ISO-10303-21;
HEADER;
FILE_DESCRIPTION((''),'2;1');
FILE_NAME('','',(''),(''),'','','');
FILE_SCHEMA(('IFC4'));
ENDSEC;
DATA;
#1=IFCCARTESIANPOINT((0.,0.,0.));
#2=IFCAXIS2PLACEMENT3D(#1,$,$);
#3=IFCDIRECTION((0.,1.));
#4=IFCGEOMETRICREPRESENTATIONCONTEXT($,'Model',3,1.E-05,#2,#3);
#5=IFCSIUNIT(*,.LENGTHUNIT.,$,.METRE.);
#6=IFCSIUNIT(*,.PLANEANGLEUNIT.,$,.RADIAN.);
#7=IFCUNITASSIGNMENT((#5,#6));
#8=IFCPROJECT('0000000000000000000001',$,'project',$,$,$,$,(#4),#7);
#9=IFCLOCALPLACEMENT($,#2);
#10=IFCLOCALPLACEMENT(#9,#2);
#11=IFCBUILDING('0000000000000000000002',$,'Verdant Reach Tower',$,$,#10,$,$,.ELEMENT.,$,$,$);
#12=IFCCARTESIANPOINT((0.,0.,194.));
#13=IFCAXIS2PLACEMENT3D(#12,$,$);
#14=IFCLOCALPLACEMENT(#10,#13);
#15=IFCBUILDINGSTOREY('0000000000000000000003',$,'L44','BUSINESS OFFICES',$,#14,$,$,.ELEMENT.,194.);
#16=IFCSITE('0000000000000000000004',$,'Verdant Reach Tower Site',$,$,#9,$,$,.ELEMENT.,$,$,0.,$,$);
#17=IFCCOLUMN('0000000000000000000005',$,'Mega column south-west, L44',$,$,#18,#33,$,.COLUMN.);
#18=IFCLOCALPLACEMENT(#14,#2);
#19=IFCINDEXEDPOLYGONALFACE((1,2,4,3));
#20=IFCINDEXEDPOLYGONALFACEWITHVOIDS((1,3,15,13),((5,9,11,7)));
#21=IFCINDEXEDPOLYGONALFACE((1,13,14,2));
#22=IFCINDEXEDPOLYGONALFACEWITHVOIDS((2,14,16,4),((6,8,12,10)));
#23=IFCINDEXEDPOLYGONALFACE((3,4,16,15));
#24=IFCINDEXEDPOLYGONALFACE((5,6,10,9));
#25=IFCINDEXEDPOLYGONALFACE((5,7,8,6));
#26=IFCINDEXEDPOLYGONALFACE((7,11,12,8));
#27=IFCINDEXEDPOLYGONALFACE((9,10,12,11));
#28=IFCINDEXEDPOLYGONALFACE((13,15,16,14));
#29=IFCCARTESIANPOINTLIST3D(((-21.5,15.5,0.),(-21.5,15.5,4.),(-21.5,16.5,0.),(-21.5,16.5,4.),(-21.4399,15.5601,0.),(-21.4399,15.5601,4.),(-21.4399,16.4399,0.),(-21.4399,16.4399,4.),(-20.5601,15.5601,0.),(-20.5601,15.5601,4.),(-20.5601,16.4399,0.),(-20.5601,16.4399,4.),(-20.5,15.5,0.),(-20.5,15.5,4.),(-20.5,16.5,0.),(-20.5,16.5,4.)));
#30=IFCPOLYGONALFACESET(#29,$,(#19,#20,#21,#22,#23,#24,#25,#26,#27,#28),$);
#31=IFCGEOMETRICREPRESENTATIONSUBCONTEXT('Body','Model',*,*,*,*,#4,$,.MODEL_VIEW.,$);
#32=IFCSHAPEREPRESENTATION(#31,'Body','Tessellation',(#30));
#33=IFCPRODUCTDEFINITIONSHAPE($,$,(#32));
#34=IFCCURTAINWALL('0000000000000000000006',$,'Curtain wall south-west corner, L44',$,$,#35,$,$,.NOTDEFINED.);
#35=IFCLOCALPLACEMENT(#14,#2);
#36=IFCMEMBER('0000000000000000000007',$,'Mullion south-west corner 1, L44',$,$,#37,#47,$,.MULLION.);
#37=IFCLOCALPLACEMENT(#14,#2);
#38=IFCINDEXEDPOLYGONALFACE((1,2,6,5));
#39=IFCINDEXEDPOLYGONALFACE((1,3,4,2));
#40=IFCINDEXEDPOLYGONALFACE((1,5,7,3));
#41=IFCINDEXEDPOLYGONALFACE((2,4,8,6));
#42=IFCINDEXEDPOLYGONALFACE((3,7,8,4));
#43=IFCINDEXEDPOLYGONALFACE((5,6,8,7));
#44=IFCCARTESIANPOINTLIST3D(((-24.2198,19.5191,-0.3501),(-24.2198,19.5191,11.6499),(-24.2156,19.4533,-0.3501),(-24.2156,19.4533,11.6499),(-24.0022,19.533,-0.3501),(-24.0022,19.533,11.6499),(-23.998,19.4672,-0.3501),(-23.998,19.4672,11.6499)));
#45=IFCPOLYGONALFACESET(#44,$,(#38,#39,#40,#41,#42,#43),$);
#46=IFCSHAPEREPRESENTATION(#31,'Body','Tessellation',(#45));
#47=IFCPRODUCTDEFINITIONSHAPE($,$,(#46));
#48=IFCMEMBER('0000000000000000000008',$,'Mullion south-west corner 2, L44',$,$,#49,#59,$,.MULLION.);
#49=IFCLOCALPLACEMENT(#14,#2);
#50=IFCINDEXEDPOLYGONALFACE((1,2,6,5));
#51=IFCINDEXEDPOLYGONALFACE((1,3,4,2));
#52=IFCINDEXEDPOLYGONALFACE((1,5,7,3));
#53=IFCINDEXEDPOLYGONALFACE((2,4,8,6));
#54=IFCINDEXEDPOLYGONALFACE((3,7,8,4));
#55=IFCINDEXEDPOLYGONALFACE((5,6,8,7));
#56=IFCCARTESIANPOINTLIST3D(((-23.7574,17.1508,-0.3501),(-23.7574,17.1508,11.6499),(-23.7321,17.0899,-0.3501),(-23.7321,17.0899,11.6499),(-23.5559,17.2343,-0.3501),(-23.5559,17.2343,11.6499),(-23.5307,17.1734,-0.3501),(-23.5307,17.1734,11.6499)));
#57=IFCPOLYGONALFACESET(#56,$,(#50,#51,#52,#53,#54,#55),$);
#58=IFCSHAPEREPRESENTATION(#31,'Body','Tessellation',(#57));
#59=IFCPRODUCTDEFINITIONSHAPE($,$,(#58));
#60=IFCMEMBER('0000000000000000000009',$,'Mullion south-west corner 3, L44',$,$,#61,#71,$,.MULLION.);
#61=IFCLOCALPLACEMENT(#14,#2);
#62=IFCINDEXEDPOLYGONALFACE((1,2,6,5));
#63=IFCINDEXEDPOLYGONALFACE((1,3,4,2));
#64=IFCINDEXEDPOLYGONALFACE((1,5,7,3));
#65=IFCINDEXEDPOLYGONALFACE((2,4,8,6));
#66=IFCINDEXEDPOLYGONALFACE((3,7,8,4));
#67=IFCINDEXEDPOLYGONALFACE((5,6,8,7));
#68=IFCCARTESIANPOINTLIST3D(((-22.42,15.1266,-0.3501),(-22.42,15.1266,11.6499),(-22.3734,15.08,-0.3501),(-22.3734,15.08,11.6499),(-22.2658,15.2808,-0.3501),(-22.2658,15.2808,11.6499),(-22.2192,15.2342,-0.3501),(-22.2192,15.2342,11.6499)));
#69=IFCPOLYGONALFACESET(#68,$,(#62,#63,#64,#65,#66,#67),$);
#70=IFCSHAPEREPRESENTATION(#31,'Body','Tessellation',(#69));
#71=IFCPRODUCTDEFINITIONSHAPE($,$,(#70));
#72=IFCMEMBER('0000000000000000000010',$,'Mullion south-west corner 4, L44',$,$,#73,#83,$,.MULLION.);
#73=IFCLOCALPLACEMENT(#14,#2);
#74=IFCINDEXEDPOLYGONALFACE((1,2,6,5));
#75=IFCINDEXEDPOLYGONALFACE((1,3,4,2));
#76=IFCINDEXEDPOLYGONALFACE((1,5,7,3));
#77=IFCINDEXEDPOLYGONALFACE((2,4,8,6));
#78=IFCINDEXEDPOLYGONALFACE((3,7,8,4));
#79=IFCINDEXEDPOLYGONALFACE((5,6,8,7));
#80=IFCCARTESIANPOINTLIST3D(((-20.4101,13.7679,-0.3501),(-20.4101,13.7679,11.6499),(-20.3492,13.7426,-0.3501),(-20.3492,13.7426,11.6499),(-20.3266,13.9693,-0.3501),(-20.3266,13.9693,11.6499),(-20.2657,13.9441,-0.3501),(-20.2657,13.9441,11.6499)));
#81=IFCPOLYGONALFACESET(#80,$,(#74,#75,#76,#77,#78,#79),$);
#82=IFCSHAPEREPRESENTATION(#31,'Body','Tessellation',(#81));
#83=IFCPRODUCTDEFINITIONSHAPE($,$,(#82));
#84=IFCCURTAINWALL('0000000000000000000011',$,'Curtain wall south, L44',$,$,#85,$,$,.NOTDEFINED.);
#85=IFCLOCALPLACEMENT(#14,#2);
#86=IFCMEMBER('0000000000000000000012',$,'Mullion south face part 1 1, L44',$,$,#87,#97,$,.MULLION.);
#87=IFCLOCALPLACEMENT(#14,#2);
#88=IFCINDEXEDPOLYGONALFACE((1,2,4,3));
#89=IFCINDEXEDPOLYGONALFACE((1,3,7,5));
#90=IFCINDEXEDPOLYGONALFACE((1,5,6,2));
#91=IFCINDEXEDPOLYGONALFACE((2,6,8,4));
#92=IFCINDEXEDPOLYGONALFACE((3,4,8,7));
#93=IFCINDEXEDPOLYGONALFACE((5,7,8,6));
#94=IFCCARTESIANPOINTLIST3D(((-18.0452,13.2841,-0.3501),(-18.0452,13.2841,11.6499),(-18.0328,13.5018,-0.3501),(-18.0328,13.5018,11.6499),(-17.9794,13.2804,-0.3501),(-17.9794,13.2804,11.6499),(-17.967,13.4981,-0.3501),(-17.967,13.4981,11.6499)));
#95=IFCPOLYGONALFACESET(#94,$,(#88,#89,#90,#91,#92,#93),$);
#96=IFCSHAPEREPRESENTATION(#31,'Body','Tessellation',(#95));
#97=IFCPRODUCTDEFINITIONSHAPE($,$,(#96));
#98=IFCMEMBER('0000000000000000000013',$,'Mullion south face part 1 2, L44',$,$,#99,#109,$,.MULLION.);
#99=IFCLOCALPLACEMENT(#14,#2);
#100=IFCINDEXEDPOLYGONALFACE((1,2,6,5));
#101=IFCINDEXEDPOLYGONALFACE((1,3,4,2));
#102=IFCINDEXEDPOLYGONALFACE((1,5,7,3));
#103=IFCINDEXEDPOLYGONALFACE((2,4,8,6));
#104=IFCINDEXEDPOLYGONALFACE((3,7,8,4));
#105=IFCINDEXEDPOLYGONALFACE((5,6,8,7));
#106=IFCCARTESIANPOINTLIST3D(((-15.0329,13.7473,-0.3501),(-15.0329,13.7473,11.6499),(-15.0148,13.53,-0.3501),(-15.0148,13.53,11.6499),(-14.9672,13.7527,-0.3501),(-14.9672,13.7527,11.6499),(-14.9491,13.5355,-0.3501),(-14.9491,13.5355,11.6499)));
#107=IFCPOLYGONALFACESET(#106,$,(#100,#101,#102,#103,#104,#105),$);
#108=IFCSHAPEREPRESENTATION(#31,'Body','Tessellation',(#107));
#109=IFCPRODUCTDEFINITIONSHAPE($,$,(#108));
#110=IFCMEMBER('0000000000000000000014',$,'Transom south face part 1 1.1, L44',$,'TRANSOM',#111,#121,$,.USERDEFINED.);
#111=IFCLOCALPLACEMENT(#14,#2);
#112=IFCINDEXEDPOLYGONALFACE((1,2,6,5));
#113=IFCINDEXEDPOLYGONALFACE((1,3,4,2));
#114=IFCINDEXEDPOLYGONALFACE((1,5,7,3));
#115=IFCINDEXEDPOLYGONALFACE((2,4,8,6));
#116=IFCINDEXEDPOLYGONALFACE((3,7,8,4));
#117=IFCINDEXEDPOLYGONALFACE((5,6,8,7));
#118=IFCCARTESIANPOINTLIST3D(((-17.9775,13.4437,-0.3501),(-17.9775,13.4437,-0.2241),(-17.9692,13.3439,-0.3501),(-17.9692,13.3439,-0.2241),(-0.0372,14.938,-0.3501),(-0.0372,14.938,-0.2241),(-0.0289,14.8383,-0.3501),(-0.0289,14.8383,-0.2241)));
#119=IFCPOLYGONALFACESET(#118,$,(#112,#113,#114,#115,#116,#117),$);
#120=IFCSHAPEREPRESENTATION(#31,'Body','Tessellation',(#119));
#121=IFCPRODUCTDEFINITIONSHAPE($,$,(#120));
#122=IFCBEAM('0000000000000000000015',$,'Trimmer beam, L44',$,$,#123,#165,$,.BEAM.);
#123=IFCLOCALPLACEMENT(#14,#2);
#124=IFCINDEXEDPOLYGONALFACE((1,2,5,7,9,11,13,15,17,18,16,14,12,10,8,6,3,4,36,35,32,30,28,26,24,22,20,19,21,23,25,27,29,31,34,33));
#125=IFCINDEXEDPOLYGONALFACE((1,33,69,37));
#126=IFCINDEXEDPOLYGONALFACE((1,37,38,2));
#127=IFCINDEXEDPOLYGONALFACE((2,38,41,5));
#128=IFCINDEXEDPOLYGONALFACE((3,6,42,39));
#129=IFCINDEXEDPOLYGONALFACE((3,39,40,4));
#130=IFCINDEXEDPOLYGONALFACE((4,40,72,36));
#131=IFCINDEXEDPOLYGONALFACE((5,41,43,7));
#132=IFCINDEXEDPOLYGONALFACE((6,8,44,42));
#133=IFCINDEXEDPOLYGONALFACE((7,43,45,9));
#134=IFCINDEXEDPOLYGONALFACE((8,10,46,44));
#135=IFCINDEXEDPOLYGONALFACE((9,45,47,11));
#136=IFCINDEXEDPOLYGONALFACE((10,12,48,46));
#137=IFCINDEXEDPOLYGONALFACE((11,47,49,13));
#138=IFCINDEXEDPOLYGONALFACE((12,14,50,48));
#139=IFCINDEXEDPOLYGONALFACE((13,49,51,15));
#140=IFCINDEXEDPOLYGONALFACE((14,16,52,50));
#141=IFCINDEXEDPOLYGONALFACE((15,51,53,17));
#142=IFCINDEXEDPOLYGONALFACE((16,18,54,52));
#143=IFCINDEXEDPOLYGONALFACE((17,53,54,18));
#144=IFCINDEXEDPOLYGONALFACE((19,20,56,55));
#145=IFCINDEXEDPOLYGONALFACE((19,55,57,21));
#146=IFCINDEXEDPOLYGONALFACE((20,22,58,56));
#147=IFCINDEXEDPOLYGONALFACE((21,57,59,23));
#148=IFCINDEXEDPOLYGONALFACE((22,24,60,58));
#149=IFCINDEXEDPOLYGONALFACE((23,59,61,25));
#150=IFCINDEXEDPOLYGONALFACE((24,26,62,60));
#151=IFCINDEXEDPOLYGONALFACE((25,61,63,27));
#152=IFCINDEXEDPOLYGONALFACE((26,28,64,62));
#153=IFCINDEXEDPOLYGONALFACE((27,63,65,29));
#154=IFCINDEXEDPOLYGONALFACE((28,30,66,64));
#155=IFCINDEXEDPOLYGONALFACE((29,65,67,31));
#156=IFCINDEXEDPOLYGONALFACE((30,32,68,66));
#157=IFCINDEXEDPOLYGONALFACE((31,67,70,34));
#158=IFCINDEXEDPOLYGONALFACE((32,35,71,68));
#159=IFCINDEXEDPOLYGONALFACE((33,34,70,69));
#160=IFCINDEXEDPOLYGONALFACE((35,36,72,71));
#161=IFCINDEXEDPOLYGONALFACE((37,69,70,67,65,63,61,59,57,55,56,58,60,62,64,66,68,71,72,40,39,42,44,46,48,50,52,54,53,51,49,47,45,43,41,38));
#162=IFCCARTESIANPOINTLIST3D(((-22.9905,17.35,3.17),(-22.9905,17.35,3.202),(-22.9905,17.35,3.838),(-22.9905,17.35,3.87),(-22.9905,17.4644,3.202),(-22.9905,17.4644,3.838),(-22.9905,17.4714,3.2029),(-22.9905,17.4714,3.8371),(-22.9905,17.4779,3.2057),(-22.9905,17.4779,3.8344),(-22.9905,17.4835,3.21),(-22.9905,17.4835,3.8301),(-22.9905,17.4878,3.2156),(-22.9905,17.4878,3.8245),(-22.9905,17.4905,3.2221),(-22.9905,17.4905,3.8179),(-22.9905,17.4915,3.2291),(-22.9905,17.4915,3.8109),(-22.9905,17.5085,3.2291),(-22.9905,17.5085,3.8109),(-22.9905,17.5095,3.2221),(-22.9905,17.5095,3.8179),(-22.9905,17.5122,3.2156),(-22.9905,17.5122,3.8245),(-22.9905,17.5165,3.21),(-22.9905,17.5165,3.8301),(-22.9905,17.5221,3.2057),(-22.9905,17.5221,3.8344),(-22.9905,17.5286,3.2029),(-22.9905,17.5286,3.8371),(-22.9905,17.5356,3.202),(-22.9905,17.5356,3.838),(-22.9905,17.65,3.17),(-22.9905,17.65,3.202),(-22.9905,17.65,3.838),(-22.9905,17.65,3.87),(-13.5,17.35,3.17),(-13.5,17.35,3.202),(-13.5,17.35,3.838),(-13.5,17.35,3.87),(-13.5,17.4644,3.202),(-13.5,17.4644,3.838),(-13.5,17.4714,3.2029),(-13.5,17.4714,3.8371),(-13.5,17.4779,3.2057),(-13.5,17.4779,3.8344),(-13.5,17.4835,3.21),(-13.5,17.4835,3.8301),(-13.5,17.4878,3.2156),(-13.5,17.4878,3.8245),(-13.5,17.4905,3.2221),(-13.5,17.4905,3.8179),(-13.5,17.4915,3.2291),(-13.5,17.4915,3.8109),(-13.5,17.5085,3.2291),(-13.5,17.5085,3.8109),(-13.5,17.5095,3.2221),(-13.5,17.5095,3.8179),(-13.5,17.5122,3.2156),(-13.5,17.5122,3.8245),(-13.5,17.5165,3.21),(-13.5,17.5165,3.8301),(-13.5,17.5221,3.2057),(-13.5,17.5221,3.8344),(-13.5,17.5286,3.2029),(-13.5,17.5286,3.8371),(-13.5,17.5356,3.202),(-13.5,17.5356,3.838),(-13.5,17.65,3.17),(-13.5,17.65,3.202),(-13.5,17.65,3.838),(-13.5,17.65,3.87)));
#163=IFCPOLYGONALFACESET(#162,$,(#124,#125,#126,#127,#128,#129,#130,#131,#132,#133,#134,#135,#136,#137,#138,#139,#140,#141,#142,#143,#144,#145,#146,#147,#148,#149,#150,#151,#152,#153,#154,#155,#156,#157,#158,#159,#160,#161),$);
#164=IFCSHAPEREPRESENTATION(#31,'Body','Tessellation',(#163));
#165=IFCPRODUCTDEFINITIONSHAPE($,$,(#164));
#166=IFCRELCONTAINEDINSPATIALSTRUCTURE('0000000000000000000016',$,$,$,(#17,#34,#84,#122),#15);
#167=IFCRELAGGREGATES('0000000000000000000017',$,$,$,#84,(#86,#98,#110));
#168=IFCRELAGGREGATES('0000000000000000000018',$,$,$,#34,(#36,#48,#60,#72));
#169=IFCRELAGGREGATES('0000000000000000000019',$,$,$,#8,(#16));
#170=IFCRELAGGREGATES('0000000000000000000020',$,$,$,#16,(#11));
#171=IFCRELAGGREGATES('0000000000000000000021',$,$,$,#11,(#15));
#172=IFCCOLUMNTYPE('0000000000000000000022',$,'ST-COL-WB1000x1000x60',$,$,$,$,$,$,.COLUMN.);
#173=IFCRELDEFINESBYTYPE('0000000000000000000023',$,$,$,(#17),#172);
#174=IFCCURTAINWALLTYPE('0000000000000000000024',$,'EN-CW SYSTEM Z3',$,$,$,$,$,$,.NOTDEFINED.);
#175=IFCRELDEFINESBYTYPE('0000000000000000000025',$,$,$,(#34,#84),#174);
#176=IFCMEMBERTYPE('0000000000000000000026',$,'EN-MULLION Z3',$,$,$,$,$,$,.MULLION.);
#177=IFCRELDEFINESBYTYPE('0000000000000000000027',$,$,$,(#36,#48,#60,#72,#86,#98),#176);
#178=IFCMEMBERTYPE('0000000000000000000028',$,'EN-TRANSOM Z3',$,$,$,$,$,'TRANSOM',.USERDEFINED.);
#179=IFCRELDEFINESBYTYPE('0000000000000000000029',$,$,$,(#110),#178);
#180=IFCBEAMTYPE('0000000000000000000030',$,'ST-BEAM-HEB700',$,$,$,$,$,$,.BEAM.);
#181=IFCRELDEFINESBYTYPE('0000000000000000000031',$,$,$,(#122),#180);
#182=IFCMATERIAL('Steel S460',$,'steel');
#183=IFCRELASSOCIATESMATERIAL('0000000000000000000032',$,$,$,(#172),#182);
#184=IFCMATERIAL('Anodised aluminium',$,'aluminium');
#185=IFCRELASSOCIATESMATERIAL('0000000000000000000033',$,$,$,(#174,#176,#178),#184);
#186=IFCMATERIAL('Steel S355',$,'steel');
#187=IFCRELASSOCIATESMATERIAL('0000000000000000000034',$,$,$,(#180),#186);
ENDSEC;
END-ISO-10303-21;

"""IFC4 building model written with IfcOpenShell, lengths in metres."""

from ifc_helpers import new_model, si_unit, direction, frame, origin, origin_2d, place, context, subcontext, project, spatial, rectangle, hollow_rectangle, i_section, extrude, material, material_profile, profile_set, type_object, element, aggregate, save


model = new_model("IFC4")

# Units and contexts
model_context = context("Model", 3, precision=1e-05, world=origin(), true_north=direction((0.0, 1.0)))
body_context = subcontext(model_context, "Body", "Model", "MODEL_VIEW")
ifc_project = project(units=[si_unit("LENGTHUNIT", "METRE"), si_unit("PLANEANGLEUNIT", "RADIAN")], contexts=[model_context])

# Site, building, storey
site_placement = place(None, origin())
site = spatial("IfcSite", under=ifc_project, at=site_placement, Name="Verdant Reach Tower Site", CompositionType="ELEMENT", RefElevation=0.0)
building_placement = place(site_placement, origin())
building = spatial("IfcBuilding", under=site, at=building_placement, Name="Verdant Reach Tower", CompositionType="ELEMENT")
storey_placement = place(building_placement, frame((0.0, 0.0, 194.0)))
storey = spatial("IfcBuildingStorey", under=building, at=storey_placement, Name="L44", Description="BUSINESS OFFICES", CompositionType="ELEMENT", Elevation=194.0)

# Column
ifc_material_1 = material(Name="Steel S460", Category="steel")
ifc_material_profile_1 = material_profile(ifc_material_1, hollow_rectangle(XDim=1.0, YDim=1.0, WallThickness=0.0601, at=origin_2d()), Name="WB 1000x1000x60")
ifc_profile_set_1 = profile_set([ifc_material_profile_1], Name="Steel S460")
column_type = type_object("IfcColumnType", Name="ST-COL-WB1000x1000x60", PredefinedType="COLUMN", material=ifc_profile_set_1)
column_placement = place(storey_placement, frame((-21.0, 16.0, 0.0), z_axis=(0.0, 0.0, 1.0), x_axis=(1.0, 0.0, 0.0)))
element("IfcColumn", 1, at=column_placement, inside=storey, type_object=column_type, Name="Mega column south-west, L44", PredefinedType="COLUMN", context=body_context, shape_type="SweptSolid", body=[
    extrude(hollow_rectangle(XDim=1.0, YDim=1.0, WallThickness=0.0601, at=origin_2d()), origin(), (0.0, 0.0, 1.0), 4.0),
])

# Curtain walls, members
ifc_material_2 = material(Name="Anodised aluminium", Category="aluminium")
curtain_wall_type = type_object("IfcCurtainWallType", Name="EN-CW SYSTEM Z3", PredefinedType="NOTDEFINED", material=ifc_material_2)
curtain_wall_1_placement = place(storey_placement, origin())
curtain_wall_1 = element("IfcCurtainWall", 2, at=curtain_wall_1_placement, inside=storey, type_object=curtain_wall_type, Name="Curtain wall south-west corner, L44", PredefinedType="NOTDEFINED")
ifc_material_profile_2 = material_profile(ifc_material_2, rectangle(XDim=0.218, YDim=0.0659, at=origin_2d()), Name="Mullion 66x218")
ifc_profile_set_2 = profile_set([ifc_material_profile_2], Name="Anodised aluminium")
member_type_1 = type_object("IfcMemberType", Name="EN-MULLION Z3", PredefinedType="MULLION", material=ifc_profile_set_2)
member_1_placement = place(storey_placement, frame((-24.1089, 19.4932, -0.3501), z_axis=(0.0, 0.0, 1.0), x_axis=(-0.997969, -0.063699, 0.0)))
member_1 = element("IfcMember", 3, at=member_1_placement, type_object=member_type_1, Name="Mullion south-west corner 1, L44", PredefinedType="MULLION", context=body_context, shape_type="SweptSolid", body=[
    extrude(rectangle(XDim=0.218, YDim=0.0659, at=origin_2d()), origin(), (0.0, 0.0, 1.0), 12.0),
])
member_2_placement = place(storey_placement, frame((-23.644, 17.1621, -0.3501), z_axis=(0.0, 0.0, 1.0), x_axis=(-0.923875, -0.382694, 0.0)))
member_2 = element("IfcMember", 4, at=member_2_placement, type_object=member_type_1, Name="Mullion south-west corner 2, L44", PredefinedType="MULLION", context=body_context, shape_type="SweptSolid", body=[
    extrude(rectangle(XDim=0.218, YDim=0.0659, at=origin_2d()), origin(), (0.0, 0.0, 1.0), 12.0),
])
member_3_placement = place(storey_placement, frame((-22.3196, 15.1804, -0.3501), z_axis=(0.0, 0.0, 1.0), x_axis=(-0.707107, -0.707107, 0.0)))
member_3 = element("IfcMember", 5, at=member_3_placement, type_object=member_type_1, Name="Mullion south-west corner 3, L44", PredefinedType="MULLION", context=body_context, shape_type="SweptSolid", body=[
    extrude(rectangle(XDim=0.218, YDim=0.0659, at=origin_2d()), origin(), (0.0, 0.0, 1.0), 12.0),
])
member_4_placement = place(storey_placement, frame((-20.3379, 13.856, -0.3501), z_axis=(0.0, 0.0, 1.0), x_axis=(-0.382694, -0.923875, 0.0)))
member_4 = element("IfcMember", 6, at=member_4_placement, type_object=member_type_1, Name="Mullion south-west corner 4, L44", PredefinedType="MULLION", context=body_context, shape_type="SweptSolid", body=[
    extrude(rectangle(XDim=0.218, YDim=0.0659, at=origin_2d()), origin(), (0.0, 0.0, 1.0), 12.0),
])
curtain_wall_2_placement = place(storey_placement, origin())
curtain_wall_2 = element("IfcCurtainWall", 7, at=curtain_wall_2_placement, inside=storey, type_object=curtain_wall_type, Name="Curtain wall south, L44", PredefinedType="NOTDEFINED")
member_5_placement = place(storey_placement, frame((-18.0061, 13.3911, -0.3501), z_axis=(0.0, 0.0, 1.0), x_axis=(-0.056569, -0.998399, 0.0)))
member_5 = element("IfcMember", 8, at=member_5_placement, type_object=member_type_1, Name="Mullion south face part 1 1, L44", PredefinedType="MULLION", context=body_context, shape_type="SweptSolid", body=[
    extrude(rectangle(XDim=0.218, YDim=0.0659, at=origin_2d()), origin(), (0.0, 0.0, 1.0), 12.0),
])
member_6_placement = place(storey_placement, frame((-14.991, 13.6414, -0.3501), z_axis=(0.0, 0.0, 1.0), x_axis=(0.083045, -0.996546, 0.0)))
member_6 = element("IfcMember", 9, at=member_6_placement, type_object=member_type_1, Name="Mullion south face part 1 2, L44", PredefinedType="MULLION", context=body_context, shape_type="SweptSolid", body=[
    extrude(rectangle(XDim=0.218, YDim=0.0659, at=origin_2d()), origin(), (0.0, 0.0, 1.0), 12.0),
])
ifc_material_profile_3 = material_profile(ifc_material_2, rectangle(XDim=0.1001, YDim=0.126, at=origin_2d()), Name="Transom 126x100")
ifc_profile_set_3 = profile_set([ifc_material_profile_3], Name="Anodised aluminium")
member_type_2 = type_object("IfcMemberType", Name="EN-TRANSOM Z3", ElementType="TRANSOM", PredefinedType="USERDEFINED", material=ifc_profile_set_3)
member_7_placement = place(storey_placement, frame((-17.9734, 13.3938, -0.2871), z_axis=(0.996549, 0.08301, 0.0), x_axis=(-0.08301, 0.996549, 0.0)))
member_7 = element("IfcMember", 10, at=member_7_placement, type_object=member_type_2, Name="Transom south face part 1 1.1, L44", ObjectType="TRANSOM", PredefinedType="USERDEFINED", context=body_context, shape_type="SweptSolid", body=[
    extrude(rectangle(XDim=0.1001, YDim=0.126, at=origin_2d()), origin(), (0.0, 0.0, 1.0), 18.0024),
])

# Beam
ifc_material_3 = material(Name="Steel S355", Category="steel")
ifc_material_profile_4 = material_profile(ifc_material_3, i_section(OverallWidth=0.3, OverallDepth=0.7, WebThickness=0.0171, FlangeThickness=0.032, FilletRadius=0.0271, at=origin_2d()), Name="HEB 700")
ifc_profile_set_4 = profile_set([ifc_material_profile_4], Name="Steel S355")
beam_type_1 = type_object("IfcBeamType", Name="ST-BEAM-HEB700", PredefinedType="BEAM", material=ifc_profile_set_4)
beam_1_placement = place(storey_placement, frame((-13.5, 17.5, 3.52), z_axis=(-1.0, 0.0, 0.0), x_axis=(0.0, -1.0, 0.0)))
element("IfcBeam", 11, at=beam_1_placement, inside=storey, type_object=beam_type_1, Name="Trimmer beam, L44", PredefinedType="BEAM", context=body_context, shape_type="SweptSolid", body=[
    extrude(i_section(OverallWidth=0.3, OverallDepth=0.7, WebThickness=0.0171, FlangeThickness=0.032, FilletRadius=0.0271, at=origin_2d()), origin(), (0.0, 0.0, 1.0), 9.4905),
])

aggregate(curtain_wall_2, [member_5, member_6, member_7])
aggregate(curtain_wall_1, [member_1, member_2, member_3, member_4])

save(model, "model.ifc")
